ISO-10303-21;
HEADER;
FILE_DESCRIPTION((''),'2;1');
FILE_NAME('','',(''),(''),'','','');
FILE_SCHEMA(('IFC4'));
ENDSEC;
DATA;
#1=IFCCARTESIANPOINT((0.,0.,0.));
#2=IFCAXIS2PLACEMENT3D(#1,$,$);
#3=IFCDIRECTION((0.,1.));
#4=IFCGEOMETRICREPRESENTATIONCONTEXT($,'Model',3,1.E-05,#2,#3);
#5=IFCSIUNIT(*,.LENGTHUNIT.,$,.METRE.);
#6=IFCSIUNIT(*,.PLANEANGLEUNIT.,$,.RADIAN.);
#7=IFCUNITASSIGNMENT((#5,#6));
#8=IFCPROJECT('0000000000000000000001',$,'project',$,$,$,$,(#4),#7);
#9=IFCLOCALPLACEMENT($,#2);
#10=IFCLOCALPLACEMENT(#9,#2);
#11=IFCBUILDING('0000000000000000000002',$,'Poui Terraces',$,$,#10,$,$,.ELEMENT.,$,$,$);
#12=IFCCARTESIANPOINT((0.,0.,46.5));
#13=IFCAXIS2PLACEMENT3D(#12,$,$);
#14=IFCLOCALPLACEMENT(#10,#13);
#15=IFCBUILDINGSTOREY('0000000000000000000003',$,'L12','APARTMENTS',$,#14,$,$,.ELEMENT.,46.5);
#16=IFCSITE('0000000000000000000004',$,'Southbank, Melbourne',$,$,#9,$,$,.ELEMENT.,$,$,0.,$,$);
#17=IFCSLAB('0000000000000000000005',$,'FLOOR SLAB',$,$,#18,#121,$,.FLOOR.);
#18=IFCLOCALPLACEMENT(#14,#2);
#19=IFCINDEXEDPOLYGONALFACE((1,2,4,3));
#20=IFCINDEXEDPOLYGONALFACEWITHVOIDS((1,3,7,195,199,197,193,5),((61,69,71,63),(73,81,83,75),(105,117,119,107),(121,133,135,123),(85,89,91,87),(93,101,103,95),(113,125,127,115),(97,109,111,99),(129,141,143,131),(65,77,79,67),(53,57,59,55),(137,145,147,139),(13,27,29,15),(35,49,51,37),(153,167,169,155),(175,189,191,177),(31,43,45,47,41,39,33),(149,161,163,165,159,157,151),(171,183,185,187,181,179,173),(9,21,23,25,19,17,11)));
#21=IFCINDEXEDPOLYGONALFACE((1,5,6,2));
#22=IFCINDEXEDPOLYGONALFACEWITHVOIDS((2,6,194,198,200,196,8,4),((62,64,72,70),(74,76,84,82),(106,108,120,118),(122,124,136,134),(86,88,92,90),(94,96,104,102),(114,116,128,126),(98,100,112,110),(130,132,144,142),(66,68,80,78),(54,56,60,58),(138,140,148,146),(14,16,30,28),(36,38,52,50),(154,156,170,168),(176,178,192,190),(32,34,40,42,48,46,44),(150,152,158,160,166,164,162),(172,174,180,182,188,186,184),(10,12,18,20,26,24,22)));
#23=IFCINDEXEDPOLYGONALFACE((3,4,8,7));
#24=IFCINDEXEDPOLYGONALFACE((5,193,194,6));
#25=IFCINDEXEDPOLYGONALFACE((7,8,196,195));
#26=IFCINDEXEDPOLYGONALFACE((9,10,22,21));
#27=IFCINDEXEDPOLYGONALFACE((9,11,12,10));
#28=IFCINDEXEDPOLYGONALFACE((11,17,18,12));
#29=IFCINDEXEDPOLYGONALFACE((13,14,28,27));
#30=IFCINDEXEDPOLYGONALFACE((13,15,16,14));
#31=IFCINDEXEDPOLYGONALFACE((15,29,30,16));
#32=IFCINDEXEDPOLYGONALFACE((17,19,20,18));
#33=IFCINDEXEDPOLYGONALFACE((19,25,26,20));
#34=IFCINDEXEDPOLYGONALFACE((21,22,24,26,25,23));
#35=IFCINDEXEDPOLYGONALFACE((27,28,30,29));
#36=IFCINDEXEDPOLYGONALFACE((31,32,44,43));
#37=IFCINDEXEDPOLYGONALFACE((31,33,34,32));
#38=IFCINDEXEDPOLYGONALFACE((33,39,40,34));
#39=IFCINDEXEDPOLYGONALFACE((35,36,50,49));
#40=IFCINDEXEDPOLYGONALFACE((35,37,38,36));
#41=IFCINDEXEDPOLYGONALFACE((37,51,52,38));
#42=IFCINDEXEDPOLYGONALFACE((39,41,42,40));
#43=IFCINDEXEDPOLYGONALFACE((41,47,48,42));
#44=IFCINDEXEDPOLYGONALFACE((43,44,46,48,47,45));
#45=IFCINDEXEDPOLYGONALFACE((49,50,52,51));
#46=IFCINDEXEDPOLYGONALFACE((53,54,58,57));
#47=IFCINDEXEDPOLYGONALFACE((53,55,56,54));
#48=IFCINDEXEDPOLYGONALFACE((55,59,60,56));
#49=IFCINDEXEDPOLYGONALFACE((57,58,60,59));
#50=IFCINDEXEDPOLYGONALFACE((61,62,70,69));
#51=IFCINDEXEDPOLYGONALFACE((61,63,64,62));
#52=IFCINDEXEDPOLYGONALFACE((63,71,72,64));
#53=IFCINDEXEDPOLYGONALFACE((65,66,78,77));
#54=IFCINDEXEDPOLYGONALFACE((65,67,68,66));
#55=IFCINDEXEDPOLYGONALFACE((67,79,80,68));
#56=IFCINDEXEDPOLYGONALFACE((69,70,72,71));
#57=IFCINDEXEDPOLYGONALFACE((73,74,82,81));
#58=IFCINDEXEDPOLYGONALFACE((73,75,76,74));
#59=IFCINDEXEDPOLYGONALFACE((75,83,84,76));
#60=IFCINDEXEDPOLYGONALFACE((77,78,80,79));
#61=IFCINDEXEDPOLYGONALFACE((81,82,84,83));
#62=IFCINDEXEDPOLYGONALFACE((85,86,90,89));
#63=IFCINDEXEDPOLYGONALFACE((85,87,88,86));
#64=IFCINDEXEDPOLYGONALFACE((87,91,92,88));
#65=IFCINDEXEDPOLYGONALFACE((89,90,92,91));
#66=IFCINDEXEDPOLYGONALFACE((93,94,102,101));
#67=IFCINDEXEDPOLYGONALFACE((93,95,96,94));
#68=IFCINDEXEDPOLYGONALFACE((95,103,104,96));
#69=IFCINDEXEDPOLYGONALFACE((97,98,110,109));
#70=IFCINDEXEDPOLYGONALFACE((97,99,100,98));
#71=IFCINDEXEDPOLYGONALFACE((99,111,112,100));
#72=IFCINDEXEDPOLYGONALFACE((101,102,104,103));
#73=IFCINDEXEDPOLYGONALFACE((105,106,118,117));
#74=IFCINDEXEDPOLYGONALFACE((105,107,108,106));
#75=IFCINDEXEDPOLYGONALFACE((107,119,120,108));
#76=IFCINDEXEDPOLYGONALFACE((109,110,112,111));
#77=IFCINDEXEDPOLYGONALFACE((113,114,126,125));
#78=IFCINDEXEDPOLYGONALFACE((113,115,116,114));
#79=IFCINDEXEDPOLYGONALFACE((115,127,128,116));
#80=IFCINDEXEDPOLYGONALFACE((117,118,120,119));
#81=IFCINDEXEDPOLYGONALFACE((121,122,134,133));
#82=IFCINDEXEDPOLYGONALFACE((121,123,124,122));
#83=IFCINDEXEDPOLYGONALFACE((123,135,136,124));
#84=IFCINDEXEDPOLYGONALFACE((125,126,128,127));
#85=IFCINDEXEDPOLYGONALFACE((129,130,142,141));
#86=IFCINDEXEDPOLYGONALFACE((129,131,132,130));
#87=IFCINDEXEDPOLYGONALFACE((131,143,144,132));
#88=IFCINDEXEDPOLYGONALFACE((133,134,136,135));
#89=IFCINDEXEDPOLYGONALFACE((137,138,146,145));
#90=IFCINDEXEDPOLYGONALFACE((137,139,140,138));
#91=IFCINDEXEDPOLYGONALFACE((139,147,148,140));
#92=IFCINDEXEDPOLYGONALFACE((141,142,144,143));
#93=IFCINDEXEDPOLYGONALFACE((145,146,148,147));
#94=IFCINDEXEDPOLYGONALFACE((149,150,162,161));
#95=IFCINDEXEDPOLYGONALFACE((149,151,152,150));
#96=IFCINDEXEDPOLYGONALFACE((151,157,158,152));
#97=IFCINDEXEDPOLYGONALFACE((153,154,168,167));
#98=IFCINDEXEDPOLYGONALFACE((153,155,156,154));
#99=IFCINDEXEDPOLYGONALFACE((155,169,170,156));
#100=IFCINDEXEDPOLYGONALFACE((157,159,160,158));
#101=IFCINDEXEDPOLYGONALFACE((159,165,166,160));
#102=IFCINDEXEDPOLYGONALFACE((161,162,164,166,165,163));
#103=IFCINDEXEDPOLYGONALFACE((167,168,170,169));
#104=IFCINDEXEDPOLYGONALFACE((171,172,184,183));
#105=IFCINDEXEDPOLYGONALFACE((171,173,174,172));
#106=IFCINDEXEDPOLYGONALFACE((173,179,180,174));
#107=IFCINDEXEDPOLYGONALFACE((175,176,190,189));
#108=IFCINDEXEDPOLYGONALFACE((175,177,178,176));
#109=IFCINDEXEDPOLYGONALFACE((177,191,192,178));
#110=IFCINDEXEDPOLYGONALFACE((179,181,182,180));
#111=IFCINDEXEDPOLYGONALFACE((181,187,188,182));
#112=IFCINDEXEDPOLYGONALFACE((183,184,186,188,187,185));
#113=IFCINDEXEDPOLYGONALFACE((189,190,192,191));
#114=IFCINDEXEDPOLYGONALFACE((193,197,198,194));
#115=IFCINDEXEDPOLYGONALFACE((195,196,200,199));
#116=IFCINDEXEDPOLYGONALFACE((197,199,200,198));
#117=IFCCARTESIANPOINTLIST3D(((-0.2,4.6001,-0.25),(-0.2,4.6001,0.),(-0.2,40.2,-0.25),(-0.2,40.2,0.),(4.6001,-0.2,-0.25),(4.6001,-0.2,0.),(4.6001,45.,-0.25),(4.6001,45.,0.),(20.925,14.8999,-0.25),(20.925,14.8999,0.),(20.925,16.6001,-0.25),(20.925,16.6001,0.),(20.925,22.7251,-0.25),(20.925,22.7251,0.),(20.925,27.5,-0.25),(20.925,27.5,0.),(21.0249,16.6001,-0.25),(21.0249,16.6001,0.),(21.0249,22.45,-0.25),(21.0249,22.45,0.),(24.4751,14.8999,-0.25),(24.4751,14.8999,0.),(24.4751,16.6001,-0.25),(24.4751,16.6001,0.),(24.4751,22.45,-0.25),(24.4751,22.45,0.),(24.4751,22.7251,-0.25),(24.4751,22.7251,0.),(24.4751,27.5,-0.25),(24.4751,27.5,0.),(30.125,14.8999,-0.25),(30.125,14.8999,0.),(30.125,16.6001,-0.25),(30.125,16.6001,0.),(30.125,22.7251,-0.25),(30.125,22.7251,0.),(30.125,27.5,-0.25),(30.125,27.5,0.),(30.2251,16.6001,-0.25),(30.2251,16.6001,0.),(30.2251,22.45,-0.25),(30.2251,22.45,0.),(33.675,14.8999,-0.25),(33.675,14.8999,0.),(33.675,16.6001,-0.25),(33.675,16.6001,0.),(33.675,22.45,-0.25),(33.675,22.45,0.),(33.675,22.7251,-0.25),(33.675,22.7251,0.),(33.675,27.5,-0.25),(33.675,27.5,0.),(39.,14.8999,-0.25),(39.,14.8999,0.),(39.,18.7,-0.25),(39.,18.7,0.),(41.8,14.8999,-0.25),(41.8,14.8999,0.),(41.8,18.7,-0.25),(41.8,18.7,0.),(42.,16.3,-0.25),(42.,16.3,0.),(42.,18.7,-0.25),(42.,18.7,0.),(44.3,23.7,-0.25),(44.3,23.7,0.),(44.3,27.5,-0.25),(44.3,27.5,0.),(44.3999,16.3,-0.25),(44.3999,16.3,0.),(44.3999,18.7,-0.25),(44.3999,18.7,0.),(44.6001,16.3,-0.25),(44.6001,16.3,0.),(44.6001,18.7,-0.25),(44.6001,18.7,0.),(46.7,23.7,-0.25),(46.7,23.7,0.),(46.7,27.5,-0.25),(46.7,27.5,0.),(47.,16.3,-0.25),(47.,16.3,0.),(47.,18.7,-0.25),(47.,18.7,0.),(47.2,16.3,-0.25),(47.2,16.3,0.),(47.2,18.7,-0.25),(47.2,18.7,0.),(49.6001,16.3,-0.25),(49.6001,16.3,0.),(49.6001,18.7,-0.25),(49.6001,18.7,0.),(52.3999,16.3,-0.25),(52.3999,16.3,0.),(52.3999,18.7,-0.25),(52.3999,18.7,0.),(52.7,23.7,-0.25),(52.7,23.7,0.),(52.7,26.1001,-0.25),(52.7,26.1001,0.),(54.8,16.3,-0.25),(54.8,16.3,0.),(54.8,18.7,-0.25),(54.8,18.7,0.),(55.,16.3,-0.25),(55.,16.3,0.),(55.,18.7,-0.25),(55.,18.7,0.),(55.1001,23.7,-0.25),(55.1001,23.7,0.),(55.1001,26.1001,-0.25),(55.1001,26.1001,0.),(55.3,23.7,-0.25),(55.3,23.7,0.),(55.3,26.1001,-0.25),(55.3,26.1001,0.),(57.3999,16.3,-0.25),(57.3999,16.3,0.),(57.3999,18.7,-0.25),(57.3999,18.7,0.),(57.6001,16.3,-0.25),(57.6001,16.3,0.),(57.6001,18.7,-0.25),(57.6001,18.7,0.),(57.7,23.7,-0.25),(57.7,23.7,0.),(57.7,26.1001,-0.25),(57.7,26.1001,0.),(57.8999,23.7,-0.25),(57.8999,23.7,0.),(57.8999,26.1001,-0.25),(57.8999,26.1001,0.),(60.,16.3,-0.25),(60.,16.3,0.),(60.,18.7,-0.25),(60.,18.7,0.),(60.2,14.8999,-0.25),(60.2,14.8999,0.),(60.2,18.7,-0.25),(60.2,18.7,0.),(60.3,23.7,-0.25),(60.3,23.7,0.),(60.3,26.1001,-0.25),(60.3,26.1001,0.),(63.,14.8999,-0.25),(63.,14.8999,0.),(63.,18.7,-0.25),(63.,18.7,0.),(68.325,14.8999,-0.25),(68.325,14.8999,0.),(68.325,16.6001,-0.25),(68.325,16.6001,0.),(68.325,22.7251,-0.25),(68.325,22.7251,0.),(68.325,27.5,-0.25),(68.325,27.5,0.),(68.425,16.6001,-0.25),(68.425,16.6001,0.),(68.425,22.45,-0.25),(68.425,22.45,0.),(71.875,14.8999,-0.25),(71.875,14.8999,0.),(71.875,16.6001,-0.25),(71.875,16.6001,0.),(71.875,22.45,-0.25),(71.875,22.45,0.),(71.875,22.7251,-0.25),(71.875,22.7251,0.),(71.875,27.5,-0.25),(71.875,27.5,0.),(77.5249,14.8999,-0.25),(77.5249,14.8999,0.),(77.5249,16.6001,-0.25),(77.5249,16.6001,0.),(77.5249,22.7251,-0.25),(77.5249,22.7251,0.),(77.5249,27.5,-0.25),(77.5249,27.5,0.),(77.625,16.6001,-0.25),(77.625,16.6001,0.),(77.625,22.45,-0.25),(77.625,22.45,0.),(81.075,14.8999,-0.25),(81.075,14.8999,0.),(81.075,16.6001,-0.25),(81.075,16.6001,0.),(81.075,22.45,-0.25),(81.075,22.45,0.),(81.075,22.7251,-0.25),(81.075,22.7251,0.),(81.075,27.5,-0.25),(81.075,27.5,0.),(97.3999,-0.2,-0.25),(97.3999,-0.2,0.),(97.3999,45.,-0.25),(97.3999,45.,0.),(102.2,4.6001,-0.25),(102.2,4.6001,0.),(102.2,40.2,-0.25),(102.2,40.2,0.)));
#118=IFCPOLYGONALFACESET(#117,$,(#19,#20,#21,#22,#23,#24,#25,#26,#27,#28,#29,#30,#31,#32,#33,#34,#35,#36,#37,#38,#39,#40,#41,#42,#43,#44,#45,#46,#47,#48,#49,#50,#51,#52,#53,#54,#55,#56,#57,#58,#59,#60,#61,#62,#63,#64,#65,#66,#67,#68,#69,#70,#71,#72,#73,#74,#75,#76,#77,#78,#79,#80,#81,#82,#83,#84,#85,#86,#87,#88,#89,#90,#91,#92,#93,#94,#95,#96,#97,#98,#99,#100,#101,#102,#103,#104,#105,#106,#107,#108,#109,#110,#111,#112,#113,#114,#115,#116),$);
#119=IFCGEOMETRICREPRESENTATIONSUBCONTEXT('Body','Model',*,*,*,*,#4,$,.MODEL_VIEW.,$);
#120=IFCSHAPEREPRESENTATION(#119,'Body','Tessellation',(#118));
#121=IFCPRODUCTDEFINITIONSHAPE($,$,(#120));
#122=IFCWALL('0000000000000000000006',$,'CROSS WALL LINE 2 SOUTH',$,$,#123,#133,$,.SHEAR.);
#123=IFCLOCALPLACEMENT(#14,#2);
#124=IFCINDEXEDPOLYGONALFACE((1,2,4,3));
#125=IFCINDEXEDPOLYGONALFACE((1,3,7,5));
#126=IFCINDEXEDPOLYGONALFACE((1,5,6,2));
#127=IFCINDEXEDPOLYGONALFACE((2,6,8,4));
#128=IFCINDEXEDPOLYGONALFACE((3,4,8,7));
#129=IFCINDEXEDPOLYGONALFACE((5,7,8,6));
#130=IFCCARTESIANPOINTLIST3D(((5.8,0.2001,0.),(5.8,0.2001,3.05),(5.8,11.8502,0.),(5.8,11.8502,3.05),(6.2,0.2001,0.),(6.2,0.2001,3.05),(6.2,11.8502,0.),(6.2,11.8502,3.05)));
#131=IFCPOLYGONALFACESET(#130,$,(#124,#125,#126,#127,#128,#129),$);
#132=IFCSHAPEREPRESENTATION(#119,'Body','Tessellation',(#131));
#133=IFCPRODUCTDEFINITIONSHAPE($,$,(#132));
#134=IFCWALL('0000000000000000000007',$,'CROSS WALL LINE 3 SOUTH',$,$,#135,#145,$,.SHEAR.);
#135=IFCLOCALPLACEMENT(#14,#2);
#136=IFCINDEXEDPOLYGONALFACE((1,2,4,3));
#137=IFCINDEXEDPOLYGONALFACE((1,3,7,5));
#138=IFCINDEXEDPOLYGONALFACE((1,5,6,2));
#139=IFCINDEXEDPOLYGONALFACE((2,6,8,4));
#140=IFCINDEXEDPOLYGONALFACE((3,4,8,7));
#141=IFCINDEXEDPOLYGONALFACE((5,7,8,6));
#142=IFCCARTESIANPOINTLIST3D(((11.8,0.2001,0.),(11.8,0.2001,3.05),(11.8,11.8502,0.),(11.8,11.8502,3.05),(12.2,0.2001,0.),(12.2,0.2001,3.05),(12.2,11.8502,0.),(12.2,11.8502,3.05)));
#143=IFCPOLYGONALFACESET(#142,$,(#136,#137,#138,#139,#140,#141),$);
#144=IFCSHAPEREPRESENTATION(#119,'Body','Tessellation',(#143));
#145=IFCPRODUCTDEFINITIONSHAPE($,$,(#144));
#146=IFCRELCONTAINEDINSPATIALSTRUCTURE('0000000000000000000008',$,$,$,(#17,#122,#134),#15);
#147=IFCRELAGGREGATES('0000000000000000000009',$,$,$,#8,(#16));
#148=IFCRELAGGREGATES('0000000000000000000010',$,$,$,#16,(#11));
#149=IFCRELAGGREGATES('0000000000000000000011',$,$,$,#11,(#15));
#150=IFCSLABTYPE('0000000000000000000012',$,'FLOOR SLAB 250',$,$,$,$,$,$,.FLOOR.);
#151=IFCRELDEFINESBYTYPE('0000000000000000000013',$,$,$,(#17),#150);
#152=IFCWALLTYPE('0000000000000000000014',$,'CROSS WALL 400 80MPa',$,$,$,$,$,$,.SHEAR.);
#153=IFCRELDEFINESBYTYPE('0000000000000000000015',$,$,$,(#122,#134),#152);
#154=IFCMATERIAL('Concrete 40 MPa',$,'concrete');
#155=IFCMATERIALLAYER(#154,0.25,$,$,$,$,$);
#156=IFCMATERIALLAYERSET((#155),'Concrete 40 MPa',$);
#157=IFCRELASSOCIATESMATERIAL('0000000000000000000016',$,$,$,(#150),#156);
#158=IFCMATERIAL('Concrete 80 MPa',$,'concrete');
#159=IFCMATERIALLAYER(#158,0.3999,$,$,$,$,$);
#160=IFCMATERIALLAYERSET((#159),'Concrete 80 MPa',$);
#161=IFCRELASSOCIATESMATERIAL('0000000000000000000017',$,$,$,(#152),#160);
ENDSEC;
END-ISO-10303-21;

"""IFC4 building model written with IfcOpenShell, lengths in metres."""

from ifc_helpers import new_model, si_unit, direction, frame, frame_2d, origin, place, context, subcontext, project, spatial, polyline, rectangle, outline, extrude, source, transform, mapped, material, layer, layer_set, type_object, element, save


model = new_model("IFC4")

# Units and contexts
model_context = context("Model", 3, precision=1e-05, world=origin(), true_north=direction((0.0, 1.0)))
body_context = subcontext(model_context, "Body", "Model", "MODEL_VIEW")
ifc_project = project(units=[si_unit("LENGTHUNIT", "METRE"), si_unit("PLANEANGLEUNIT", "RADIAN")], contexts=[model_context])

# Site, building, storey
site_placement = place(None, origin())
site = spatial("IfcSite", under=ifc_project, at=site_placement, Name="Southbank, Melbourne", CompositionType="ELEMENT", RefElevation=0.0)
building_placement = place(site_placement, origin())
building = spatial("IfcBuilding", under=site, at=building_placement, Name="Poui Terraces", CompositionType="ELEMENT")
storey_placement = place(building_placement, frame((0.0, 0.0, 46.5)))
storey = spatial("IfcBuildingStorey", under=building, at=storey_placement, Name="L12", Description="APARTMENTS", CompositionType="ELEMENT", Elevation=46.5)

# Shared definitions
ifc_material_1 = material(Name="Concrete 80 MPa", Category="concrete")

# Slab
ifc_material_2 = material(Name="Concrete 40 MPa", Category="concrete")
ifc_layer_1 = layer(ifc_material_2, 0.25)
ifc_layer_set_1 = layer_set([ifc_layer_1], Name="Concrete 40 MPa")
slab_type_1 = type_object("IfcSlabType", Name="FLOOR SLAB 250", PredefinedType="FLOOR", material=ifc_layer_set_1)
shared_shape = source(origin(), body_context, "Body", "SweptSolid", [
    extrude(outline(polyline([(0.0, 0.0), (4.8, -4.8), (97.5999, -4.8), (102.3999, 0.0), (102.3999, 35.5999), (97.5999, 40.3999), (4.8, 40.3999), (0.0, 35.5999), (0.0, 0.0)]), holes=[polyline([(39.2, 10.2998), (39.2, 14.0999), (42.0, 14.0999), (42.0, 10.2998), (39.2, 10.2998)]), polyline([(42.2, 11.7), (42.2, 14.0999), (44.5999, 14.0999), (44.5999, 11.7), (42.2, 11.7)]), polyline([(44.8, 11.7), (44.8, 14.0999), (47.2, 14.0999), (47.2, 11.7), (44.8, 11.7)]), polyline([(47.3999, 14.0999), (49.8, 14.0999), (49.8, 11.7), (47.3999, 11.7), (47.3999, 14.0999)]), polyline([(52.5999, 14.0999), (55.0, 14.0999), (55.0, 11.7), (52.5999, 11.7), (52.5999, 14.0999)]), polyline([(21.2249, 17.8499), (24.675, 17.8499), (24.675, 12.0), (24.675, 10.2998), (21.125, 10.2998), (21.125, 12.0), (21.2249, 12.0), (21.2249, 17.8499)]), polyline([(30.425, 17.8499), (33.875, 17.8499), (33.875, 12.0), (33.875, 10.2998), (30.325, 10.2998), (30.325, 12.0), (30.425, 12.0), (30.425, 17.8499)]), polyline([(21.125, 18.125), (21.125, 22.8999), (24.675, 22.8999), (24.675, 18.125), (21.125, 18.125)]), polyline([(30.325, 22.8999), (33.875, 22.8999), (33.875, 18.125), (30.325, 18.125), (30.325, 22.8999)]), polyline([(44.5, 22.8999), (46.8999, 22.8999), (46.8999, 19.0999), (44.5, 19.0999), (44.5, 22.8999)]), polyline([(60.3999, 10.2998), (60.3999, 14.0999), (63.2, 14.0999), (63.2, 10.2998), (60.3999, 10.2998)]), polyline([(55.2, 11.7), (55.2, 14.0999), (57.5999, 14.0999), (57.5999, 11.7), (55.2, 11.7)]), polyline([(57.8, 11.7), (57.8, 14.0999), (60.2, 14.0999), (60.2, 11.7), (57.8, 11.7)]), polyline([(72.075, 17.8499), (72.075, 12.0), (72.075, 10.2998), (68.5249, 10.2998), (68.5249, 12.0), (68.625, 12.0), (68.625, 17.8499), (72.075, 17.8499)]), polyline([(81.2749, 17.8499), (81.2749, 12.0), (81.2749, 10.2998), (77.7249, 10.2998), (77.7249, 12.0), (77.825, 12.0), (77.825, 17.8499), (81.2749, 17.8499)]), polyline([(52.8999, 19.0999), (52.8999, 21.5), (55.3, 21.5), (55.3, 19.0999), (52.8999, 19.0999)]), polyline([(55.5, 19.0999), (55.5, 21.5), (57.8999, 21.5), (57.8999, 19.0999), (55.5, 19.0999)]), polyline([(58.0999, 19.0999), (58.0999, 21.5), (60.5, 21.5), (60.5, 19.0999), (58.0999, 19.0999)]), polyline([(68.5249, 22.8999), (72.075, 22.8999), (72.075, 18.125), (68.5249, 18.125), (68.5249, 22.8999)]), polyline([(77.7249, 22.8999), (81.2749, 22.8999), (81.2749, 18.125), (77.7249, 18.125), (77.7249, 22.8999)])]), origin(), (0.0, 0.0, 1.0), 0.25),
])
slab_1_placement = place(storey_placement, frame((-0.2, 4.6001, -0.25)))
element("IfcSlab", 1, at=slab_1_placement, inside=storey, type_object=slab_type_1, Name="FLOOR SLAB", PredefinedType="FLOOR", context=body_context, shape_type="MappedRepresentation", body=[
    mapped(shared_shape, transform((0.0, 0.0, 0.0))),
])

# Walls
ifc_layer_2 = layer(ifc_material_1, 0.3999)
ifc_layer_set_2 = layer_set([ifc_layer_2], Name="Concrete 80 MPa")
wall_type_1 = type_object("IfcWallType", Name="CROSS WALL 400 80MPa", PredefinedType="SHEAR", material=ifc_layer_set_2)
for number, where, z_axis, x_axis, name in (
    (2, (6.0, 0.2, 0.0), (0.0, 0.0, 1.0), (0.0, 1.0, 0.0), "CROSS WALL LINE 2 SOUTH"),
    (3, (12.0, 0.2, 0.0), (0.0, 0.0, 1.0), (0.0, 1.0, 0.0), "CROSS WALL LINE 3 SOUTH"),
):
    element("IfcWall", number, at=place(storey_placement, frame(where, z_axis=z_axis, x_axis=x_axis)), inside=storey, type_object=wall_type_1, Name=name, PredefinedType="SHEAR", context=body_context, shape_type="SweptSolid", body=[
        extrude(rectangle(XDim=11.6501, YDim=0.3999, at=frame_2d((5.8252, 0.0))), origin(), (0.0, 0.0, 1.0), 3.05),
    ])

save(model, "model.ifc")
